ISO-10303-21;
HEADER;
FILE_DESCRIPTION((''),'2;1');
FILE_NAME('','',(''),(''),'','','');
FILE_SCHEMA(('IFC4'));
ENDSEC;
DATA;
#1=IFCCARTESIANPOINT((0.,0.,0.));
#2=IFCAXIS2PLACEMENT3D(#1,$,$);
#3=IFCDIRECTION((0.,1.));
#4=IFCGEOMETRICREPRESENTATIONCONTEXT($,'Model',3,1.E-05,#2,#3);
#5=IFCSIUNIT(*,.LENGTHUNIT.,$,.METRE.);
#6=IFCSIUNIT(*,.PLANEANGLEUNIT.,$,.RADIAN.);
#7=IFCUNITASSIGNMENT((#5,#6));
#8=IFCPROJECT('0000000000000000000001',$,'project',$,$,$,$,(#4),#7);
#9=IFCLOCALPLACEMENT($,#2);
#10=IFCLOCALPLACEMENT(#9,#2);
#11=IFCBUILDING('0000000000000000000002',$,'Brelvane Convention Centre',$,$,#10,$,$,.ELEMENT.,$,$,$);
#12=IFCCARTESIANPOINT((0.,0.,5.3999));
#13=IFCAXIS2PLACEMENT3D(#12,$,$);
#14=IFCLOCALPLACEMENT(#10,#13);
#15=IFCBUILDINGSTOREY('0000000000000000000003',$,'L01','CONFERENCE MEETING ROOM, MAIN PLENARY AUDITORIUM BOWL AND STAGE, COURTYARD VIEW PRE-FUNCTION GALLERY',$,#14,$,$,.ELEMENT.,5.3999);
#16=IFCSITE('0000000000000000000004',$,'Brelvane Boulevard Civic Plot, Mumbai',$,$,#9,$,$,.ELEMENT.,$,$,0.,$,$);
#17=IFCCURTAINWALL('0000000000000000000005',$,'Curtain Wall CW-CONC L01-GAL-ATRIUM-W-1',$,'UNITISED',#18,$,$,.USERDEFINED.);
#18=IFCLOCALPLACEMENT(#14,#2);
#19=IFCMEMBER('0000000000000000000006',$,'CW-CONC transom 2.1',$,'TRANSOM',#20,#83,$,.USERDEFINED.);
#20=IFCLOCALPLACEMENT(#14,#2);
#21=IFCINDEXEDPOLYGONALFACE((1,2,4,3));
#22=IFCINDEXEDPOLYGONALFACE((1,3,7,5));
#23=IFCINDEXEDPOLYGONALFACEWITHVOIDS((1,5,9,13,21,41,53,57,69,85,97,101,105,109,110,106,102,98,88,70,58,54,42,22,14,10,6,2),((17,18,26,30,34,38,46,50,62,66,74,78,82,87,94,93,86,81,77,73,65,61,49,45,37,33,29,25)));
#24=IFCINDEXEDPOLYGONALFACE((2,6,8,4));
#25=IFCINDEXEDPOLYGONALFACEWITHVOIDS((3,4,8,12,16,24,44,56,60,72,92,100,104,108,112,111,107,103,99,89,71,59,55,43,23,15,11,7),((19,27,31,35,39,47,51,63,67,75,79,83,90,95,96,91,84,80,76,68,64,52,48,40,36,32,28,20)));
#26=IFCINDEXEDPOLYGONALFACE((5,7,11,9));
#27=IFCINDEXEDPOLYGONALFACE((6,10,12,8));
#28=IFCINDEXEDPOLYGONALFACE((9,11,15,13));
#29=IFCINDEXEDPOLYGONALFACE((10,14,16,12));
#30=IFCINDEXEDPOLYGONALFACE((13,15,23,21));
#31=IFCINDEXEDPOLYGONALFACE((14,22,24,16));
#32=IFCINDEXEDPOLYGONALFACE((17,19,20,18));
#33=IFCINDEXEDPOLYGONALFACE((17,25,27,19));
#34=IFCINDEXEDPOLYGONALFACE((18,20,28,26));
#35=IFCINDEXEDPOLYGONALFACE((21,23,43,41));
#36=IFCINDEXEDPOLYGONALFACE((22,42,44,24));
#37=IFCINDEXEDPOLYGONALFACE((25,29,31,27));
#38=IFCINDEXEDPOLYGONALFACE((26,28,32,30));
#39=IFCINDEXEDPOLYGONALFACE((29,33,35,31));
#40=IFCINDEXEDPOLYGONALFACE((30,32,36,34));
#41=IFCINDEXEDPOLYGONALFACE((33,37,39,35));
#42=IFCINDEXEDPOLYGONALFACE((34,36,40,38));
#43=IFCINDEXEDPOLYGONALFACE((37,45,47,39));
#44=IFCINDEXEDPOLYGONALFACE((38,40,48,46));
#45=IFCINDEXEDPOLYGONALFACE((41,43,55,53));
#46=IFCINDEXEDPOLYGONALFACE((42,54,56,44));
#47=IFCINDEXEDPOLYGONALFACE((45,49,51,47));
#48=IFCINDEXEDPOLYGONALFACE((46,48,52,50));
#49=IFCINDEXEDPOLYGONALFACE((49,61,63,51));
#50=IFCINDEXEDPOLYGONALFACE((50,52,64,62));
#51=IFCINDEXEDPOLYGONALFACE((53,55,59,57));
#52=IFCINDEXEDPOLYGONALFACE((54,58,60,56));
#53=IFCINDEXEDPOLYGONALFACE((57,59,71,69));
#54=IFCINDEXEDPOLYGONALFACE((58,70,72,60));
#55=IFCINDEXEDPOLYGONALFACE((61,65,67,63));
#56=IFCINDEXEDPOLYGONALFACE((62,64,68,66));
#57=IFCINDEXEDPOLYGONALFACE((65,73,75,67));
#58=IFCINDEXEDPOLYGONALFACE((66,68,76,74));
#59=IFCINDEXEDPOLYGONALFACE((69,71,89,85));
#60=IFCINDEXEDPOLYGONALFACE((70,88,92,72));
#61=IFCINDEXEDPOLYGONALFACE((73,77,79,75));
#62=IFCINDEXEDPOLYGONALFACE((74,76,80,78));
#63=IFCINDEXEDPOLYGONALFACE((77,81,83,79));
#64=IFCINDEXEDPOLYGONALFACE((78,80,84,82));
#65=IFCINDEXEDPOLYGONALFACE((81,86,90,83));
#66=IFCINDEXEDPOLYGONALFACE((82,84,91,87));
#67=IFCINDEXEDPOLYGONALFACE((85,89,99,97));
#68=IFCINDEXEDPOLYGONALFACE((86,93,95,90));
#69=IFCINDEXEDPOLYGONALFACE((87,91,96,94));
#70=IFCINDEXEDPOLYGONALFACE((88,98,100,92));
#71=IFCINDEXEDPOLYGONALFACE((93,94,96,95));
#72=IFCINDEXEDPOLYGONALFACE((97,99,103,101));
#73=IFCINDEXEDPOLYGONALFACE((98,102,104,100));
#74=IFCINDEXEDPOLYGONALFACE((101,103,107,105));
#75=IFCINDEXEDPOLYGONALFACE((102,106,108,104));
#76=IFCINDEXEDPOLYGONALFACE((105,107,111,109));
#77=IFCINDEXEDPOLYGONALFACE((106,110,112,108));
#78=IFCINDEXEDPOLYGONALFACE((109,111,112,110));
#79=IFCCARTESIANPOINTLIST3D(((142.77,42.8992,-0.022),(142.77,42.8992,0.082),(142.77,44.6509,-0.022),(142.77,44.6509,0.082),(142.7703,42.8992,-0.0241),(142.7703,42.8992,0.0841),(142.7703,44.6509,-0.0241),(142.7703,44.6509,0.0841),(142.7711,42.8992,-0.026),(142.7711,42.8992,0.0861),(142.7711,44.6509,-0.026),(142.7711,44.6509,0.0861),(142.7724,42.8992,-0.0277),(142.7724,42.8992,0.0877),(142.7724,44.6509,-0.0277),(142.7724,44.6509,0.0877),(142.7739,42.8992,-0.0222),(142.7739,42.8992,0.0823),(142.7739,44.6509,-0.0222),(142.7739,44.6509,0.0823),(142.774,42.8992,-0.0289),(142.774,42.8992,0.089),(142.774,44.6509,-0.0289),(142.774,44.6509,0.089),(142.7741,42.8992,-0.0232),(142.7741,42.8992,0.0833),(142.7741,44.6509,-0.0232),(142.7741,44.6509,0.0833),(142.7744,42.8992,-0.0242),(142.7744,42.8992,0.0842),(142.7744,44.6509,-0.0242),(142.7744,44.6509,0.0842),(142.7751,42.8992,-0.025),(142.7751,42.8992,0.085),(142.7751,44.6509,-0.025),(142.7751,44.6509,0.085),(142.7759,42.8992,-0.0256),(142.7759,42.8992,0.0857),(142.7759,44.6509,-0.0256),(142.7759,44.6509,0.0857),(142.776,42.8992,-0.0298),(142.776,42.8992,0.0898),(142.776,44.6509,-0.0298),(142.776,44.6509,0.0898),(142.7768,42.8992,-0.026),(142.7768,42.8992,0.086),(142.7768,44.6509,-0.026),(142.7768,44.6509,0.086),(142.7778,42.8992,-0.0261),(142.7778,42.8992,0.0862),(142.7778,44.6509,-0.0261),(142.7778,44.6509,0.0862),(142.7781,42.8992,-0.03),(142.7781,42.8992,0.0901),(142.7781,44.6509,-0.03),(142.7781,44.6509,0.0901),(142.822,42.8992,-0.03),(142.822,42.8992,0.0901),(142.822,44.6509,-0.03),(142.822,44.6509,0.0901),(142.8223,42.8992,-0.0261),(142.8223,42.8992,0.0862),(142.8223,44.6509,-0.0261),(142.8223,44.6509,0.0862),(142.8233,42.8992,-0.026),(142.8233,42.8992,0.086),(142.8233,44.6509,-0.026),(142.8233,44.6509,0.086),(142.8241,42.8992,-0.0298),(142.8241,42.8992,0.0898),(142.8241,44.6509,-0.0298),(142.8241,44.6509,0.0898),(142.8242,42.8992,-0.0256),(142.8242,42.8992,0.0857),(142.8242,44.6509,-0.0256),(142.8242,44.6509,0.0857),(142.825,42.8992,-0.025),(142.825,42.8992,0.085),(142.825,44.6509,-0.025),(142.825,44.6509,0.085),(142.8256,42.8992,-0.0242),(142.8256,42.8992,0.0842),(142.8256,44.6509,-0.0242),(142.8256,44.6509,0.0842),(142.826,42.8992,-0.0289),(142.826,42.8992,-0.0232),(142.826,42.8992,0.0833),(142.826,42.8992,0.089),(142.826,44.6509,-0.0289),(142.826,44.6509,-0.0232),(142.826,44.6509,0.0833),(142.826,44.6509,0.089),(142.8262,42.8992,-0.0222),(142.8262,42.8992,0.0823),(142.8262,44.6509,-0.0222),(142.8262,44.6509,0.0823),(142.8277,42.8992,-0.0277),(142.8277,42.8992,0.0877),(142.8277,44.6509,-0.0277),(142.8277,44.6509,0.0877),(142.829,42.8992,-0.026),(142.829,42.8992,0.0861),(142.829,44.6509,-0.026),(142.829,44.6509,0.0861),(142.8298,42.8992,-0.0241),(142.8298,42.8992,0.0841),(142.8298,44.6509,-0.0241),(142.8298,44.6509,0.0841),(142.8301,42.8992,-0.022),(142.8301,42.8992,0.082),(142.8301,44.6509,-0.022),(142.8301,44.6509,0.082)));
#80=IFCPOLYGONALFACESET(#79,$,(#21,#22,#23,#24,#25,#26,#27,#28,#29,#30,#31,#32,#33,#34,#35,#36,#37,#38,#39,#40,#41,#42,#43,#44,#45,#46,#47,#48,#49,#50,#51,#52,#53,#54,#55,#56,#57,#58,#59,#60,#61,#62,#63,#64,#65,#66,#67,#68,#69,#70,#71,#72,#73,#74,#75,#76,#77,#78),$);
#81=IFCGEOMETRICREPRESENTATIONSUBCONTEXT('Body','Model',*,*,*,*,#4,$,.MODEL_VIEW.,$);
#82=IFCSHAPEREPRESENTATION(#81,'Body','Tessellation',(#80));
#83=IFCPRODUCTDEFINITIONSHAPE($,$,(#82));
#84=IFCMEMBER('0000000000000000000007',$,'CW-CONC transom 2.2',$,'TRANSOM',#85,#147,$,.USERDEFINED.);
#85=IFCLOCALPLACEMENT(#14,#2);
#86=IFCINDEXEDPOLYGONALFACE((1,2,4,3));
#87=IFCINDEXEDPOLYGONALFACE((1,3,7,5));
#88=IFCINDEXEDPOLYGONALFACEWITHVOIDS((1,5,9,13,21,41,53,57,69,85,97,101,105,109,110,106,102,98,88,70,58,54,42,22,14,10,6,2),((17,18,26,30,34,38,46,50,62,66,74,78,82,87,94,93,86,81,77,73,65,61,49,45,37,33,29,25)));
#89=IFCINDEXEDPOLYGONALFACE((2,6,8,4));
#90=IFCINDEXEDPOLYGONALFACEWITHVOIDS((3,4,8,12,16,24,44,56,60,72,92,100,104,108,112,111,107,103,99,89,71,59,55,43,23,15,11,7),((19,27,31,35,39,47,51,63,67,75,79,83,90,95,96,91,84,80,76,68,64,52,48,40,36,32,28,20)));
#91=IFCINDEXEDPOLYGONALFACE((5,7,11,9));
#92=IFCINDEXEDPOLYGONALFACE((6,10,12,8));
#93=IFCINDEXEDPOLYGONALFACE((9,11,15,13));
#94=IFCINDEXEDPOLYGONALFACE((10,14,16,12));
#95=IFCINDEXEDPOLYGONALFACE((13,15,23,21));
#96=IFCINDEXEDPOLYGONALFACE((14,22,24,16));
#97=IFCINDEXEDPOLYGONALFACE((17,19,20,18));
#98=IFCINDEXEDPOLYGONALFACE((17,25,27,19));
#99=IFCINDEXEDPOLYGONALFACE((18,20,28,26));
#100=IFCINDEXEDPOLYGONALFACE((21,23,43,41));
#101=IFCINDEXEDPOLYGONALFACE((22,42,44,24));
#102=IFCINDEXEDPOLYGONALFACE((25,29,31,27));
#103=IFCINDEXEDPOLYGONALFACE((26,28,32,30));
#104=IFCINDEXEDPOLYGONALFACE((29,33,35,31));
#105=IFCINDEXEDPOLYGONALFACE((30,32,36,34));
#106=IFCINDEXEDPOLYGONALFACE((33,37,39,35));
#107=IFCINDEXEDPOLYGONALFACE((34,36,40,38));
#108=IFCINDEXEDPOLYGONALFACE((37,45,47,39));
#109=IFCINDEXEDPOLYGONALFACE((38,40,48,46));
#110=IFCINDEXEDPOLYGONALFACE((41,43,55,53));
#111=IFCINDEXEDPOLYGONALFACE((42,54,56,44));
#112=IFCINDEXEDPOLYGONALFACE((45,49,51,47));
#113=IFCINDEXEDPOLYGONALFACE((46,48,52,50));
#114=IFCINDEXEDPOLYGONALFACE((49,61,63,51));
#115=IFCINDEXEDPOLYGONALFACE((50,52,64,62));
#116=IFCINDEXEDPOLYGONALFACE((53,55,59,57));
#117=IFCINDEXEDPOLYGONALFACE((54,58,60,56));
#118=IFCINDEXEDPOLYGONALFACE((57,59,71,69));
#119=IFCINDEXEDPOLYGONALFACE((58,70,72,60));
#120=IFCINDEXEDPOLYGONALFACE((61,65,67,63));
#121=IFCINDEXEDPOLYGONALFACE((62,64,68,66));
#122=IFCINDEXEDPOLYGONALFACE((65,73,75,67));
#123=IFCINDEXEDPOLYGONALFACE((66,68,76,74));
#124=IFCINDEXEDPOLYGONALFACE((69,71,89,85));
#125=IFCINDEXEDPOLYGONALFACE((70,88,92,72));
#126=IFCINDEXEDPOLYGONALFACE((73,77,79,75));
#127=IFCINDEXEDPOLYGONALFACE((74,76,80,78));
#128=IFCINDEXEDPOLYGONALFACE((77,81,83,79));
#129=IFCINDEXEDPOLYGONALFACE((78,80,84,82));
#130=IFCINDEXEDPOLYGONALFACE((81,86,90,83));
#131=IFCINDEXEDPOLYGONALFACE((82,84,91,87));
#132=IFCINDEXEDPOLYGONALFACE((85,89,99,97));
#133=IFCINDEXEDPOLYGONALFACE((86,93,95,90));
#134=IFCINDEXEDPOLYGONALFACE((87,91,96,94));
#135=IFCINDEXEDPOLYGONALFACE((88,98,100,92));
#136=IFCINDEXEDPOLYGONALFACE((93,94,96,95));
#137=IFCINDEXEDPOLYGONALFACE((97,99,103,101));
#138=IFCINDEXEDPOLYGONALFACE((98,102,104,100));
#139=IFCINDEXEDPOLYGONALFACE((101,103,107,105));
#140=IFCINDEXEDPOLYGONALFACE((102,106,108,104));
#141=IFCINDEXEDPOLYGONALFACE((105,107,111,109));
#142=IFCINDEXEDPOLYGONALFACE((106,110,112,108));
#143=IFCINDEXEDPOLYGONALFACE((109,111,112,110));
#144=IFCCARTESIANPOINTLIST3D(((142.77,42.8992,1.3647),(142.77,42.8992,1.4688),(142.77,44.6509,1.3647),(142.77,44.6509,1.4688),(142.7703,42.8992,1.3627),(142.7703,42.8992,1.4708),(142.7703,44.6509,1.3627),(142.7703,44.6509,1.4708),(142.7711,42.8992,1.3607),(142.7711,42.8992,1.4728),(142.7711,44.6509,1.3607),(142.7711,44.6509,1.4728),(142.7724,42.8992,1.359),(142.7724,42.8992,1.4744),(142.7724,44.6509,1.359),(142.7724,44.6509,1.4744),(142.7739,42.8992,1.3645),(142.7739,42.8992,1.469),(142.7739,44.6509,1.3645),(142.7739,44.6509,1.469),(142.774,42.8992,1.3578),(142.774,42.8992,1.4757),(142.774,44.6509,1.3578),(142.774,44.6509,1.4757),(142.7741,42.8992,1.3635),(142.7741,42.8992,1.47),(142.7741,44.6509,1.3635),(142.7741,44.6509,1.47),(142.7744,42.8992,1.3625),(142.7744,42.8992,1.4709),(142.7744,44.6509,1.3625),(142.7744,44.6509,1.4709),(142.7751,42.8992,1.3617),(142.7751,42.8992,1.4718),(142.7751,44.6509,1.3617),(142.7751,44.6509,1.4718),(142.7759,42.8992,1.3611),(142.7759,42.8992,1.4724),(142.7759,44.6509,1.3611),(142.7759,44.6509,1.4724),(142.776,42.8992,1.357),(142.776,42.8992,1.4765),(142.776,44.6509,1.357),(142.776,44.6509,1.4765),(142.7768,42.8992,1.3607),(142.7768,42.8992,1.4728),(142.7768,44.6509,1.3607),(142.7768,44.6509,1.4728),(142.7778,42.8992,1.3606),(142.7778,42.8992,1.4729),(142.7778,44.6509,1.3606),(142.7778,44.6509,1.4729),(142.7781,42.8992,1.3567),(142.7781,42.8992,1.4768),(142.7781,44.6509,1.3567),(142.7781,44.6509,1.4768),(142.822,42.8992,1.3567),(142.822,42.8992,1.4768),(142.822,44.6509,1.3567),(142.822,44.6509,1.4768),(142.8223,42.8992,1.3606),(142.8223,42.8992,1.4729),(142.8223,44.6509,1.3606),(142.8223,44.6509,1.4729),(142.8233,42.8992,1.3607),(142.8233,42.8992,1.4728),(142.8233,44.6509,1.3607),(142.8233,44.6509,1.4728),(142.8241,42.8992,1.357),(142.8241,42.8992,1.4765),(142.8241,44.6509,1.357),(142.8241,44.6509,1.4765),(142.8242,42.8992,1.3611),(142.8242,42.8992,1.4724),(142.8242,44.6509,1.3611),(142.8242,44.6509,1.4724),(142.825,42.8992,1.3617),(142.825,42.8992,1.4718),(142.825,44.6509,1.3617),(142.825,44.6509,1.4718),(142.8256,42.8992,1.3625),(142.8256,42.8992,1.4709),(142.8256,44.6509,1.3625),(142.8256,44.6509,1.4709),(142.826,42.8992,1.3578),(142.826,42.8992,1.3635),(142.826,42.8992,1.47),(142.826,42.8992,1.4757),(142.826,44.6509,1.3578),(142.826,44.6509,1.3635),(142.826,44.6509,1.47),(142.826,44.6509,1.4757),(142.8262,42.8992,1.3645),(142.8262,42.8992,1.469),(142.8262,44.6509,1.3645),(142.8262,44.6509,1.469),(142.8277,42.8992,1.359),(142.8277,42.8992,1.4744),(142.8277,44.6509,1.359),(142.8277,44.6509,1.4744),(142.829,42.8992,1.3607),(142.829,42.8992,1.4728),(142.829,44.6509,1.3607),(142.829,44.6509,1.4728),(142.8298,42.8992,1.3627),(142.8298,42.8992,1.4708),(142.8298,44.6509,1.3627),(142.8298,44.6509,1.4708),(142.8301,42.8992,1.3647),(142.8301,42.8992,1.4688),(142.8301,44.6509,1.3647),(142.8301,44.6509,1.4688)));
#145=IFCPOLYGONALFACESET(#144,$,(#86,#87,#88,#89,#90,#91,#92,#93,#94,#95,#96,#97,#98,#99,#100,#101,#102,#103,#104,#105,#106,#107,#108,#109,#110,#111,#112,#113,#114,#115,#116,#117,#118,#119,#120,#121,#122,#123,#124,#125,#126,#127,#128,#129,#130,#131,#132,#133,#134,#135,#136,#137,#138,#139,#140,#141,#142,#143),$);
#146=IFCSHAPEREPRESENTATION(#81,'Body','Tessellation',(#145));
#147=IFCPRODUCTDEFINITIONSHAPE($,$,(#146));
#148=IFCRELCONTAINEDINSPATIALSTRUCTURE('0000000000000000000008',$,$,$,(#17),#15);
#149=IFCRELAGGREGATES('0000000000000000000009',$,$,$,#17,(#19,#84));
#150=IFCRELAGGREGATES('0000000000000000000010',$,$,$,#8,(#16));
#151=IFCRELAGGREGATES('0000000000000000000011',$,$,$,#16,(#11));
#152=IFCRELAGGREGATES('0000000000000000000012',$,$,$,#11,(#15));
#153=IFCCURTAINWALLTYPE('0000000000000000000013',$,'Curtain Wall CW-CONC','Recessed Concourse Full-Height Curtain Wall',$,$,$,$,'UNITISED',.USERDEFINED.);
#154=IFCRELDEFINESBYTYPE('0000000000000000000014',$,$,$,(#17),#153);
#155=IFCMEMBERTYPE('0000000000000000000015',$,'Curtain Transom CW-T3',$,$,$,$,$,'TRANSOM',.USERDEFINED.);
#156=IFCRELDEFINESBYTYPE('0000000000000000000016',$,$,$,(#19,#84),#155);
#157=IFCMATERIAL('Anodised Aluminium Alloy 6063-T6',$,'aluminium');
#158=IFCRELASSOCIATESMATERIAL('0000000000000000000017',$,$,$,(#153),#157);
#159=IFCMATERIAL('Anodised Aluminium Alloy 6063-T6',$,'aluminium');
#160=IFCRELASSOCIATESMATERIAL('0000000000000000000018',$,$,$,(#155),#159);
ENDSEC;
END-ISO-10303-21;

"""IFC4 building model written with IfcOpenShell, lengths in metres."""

from ifc_helpers import new_model, si_unit, direction, frame, origin, origin_2d, place, context, subcontext, project, spatial, hollow_rectangle, extrude, material, material_profile, profile_set, type_object, element, aggregate, save


model = new_model("IFC4")

# Units and contexts
model_context = context("Model", 3, precision=1e-05, world=origin(), true_north=direction((0.0, 1.0)))
body_context = subcontext(model_context, "Body", "Model", "MODEL_VIEW")
ifc_project = project(units=[si_unit("LENGTHUNIT", "METRE"), si_unit("PLANEANGLEUNIT", "RADIAN")], contexts=[model_context])

# Site, building, storey
site_placement = place(None, origin())
site = spatial("IfcSite", under=ifc_project, at=site_placement, Name="Brelvane Boulevard Civic Plot, Mumbai", CompositionType="ELEMENT", RefElevation=0.0)
building_placement = place(site_placement, origin())
building = spatial("IfcBuilding", under=site, at=building_placement, Name="Brelvane Convention Centre", CompositionType="ELEMENT")
storey_placement = place(building_placement, frame((0.0, 0.0, 5.3999)))
storey = spatial("IfcBuildingStorey", under=building, at=storey_placement, Name="L01", Description="CONFERENCE MEETING ROOM, MAIN PLENARY AUDITORIUM BOWL AND STAGE, COURTYARD VIEW PRE-FUNCTION GALLERY", CompositionType="ELEMENT", Elevation=5.3999)

# Curtain wall, members
ifc_material_1 = material(Name="Anodised Aluminium Alloy 6063-T6", Category="aluminium")
curtain_wall_type = type_object("IfcCurtainWallType", Name="Curtain Wall CW-CONC", Description="Recessed Concourse Full-Height Curtain Wall", ElementType="UNITISED", PredefinedType="USERDEFINED", material=ifc_material_1)
curtain_wall_placement = place(storey_placement, origin())
curtain_wall = element("IfcCurtainWall", 1, at=curtain_wall_placement, inside=storey, type_object=curtain_wall_type, Name="Curtain Wall CW-CONC L01-GAL-ATRIUM-W-1", ObjectType="UNITISED", PredefinedType="USERDEFINED")
ifc_material_2 = material(Name="Anodised Aluminium Alloy 6063-T6", Category="aluminium")
ifc_material_profile_1 = material_profile(ifc_material_2, hollow_rectangle(XDim=0.0601, YDim=0.1201, WallThickness=0.0039, InnerFilletRadius=0.0039, OuterFilletRadius=0.0081, at=origin_2d()), Name="ALU-T 120x60x4.0")
ifc_profile_set_1 = profile_set([ifc_material_profile_1], Name="Anodised Aluminium Alloy 6063-T6")
member_type_1 = type_object("IfcMemberType", Name="Curtain Transom CW-T3", ElementType="TRANSOM", PredefinedType="USERDEFINED", material=ifc_profile_set_1)
member_1_placement = place(storey_placement, frame((142.8, 42.8992, 0.03), z_axis=(0.0, 1.0, 0.0), x_axis=(-1.0, 0.0, 0.0)))
member_1 = element("IfcMember", 2, at=member_1_placement, type_object=member_type_1, Name="CW-CONC transom 2.1", ObjectType="TRANSOM", PredefinedType="USERDEFINED", context=body_context, shape_type="SweptSolid", body=[
    extrude(hollow_rectangle(XDim=0.0601, YDim=0.1201, WallThickness=0.0039, InnerFilletRadius=0.0039, OuterFilletRadius=0.0081, at=origin_2d()), origin(), (0.0, 0.0, 1.0), 1.7517),
])
member_2_placement = place(storey_placement, frame((142.8, 42.8992, 1.4167), z_axis=(0.0, 1.0, 0.0), x_axis=(-1.0, 0.0, 0.0)))
member_2 = element("IfcMember", 3, at=member_2_placement, type_object=member_type_1, Name="CW-CONC transom 2.2", ObjectType="TRANSOM", PredefinedType="USERDEFINED", context=body_context, shape_type="SweptSolid", body=[
    extrude(hollow_rectangle(XDim=0.0601, YDim=0.1201, WallThickness=0.0039, InnerFilletRadius=0.0039, OuterFilletRadius=0.0081, at=origin_2d()), origin(), (0.0, 0.0, 1.0), 1.7517),
])

aggregate(curtain_wall, [member_1, member_2])

save(model, "model.ifc")
